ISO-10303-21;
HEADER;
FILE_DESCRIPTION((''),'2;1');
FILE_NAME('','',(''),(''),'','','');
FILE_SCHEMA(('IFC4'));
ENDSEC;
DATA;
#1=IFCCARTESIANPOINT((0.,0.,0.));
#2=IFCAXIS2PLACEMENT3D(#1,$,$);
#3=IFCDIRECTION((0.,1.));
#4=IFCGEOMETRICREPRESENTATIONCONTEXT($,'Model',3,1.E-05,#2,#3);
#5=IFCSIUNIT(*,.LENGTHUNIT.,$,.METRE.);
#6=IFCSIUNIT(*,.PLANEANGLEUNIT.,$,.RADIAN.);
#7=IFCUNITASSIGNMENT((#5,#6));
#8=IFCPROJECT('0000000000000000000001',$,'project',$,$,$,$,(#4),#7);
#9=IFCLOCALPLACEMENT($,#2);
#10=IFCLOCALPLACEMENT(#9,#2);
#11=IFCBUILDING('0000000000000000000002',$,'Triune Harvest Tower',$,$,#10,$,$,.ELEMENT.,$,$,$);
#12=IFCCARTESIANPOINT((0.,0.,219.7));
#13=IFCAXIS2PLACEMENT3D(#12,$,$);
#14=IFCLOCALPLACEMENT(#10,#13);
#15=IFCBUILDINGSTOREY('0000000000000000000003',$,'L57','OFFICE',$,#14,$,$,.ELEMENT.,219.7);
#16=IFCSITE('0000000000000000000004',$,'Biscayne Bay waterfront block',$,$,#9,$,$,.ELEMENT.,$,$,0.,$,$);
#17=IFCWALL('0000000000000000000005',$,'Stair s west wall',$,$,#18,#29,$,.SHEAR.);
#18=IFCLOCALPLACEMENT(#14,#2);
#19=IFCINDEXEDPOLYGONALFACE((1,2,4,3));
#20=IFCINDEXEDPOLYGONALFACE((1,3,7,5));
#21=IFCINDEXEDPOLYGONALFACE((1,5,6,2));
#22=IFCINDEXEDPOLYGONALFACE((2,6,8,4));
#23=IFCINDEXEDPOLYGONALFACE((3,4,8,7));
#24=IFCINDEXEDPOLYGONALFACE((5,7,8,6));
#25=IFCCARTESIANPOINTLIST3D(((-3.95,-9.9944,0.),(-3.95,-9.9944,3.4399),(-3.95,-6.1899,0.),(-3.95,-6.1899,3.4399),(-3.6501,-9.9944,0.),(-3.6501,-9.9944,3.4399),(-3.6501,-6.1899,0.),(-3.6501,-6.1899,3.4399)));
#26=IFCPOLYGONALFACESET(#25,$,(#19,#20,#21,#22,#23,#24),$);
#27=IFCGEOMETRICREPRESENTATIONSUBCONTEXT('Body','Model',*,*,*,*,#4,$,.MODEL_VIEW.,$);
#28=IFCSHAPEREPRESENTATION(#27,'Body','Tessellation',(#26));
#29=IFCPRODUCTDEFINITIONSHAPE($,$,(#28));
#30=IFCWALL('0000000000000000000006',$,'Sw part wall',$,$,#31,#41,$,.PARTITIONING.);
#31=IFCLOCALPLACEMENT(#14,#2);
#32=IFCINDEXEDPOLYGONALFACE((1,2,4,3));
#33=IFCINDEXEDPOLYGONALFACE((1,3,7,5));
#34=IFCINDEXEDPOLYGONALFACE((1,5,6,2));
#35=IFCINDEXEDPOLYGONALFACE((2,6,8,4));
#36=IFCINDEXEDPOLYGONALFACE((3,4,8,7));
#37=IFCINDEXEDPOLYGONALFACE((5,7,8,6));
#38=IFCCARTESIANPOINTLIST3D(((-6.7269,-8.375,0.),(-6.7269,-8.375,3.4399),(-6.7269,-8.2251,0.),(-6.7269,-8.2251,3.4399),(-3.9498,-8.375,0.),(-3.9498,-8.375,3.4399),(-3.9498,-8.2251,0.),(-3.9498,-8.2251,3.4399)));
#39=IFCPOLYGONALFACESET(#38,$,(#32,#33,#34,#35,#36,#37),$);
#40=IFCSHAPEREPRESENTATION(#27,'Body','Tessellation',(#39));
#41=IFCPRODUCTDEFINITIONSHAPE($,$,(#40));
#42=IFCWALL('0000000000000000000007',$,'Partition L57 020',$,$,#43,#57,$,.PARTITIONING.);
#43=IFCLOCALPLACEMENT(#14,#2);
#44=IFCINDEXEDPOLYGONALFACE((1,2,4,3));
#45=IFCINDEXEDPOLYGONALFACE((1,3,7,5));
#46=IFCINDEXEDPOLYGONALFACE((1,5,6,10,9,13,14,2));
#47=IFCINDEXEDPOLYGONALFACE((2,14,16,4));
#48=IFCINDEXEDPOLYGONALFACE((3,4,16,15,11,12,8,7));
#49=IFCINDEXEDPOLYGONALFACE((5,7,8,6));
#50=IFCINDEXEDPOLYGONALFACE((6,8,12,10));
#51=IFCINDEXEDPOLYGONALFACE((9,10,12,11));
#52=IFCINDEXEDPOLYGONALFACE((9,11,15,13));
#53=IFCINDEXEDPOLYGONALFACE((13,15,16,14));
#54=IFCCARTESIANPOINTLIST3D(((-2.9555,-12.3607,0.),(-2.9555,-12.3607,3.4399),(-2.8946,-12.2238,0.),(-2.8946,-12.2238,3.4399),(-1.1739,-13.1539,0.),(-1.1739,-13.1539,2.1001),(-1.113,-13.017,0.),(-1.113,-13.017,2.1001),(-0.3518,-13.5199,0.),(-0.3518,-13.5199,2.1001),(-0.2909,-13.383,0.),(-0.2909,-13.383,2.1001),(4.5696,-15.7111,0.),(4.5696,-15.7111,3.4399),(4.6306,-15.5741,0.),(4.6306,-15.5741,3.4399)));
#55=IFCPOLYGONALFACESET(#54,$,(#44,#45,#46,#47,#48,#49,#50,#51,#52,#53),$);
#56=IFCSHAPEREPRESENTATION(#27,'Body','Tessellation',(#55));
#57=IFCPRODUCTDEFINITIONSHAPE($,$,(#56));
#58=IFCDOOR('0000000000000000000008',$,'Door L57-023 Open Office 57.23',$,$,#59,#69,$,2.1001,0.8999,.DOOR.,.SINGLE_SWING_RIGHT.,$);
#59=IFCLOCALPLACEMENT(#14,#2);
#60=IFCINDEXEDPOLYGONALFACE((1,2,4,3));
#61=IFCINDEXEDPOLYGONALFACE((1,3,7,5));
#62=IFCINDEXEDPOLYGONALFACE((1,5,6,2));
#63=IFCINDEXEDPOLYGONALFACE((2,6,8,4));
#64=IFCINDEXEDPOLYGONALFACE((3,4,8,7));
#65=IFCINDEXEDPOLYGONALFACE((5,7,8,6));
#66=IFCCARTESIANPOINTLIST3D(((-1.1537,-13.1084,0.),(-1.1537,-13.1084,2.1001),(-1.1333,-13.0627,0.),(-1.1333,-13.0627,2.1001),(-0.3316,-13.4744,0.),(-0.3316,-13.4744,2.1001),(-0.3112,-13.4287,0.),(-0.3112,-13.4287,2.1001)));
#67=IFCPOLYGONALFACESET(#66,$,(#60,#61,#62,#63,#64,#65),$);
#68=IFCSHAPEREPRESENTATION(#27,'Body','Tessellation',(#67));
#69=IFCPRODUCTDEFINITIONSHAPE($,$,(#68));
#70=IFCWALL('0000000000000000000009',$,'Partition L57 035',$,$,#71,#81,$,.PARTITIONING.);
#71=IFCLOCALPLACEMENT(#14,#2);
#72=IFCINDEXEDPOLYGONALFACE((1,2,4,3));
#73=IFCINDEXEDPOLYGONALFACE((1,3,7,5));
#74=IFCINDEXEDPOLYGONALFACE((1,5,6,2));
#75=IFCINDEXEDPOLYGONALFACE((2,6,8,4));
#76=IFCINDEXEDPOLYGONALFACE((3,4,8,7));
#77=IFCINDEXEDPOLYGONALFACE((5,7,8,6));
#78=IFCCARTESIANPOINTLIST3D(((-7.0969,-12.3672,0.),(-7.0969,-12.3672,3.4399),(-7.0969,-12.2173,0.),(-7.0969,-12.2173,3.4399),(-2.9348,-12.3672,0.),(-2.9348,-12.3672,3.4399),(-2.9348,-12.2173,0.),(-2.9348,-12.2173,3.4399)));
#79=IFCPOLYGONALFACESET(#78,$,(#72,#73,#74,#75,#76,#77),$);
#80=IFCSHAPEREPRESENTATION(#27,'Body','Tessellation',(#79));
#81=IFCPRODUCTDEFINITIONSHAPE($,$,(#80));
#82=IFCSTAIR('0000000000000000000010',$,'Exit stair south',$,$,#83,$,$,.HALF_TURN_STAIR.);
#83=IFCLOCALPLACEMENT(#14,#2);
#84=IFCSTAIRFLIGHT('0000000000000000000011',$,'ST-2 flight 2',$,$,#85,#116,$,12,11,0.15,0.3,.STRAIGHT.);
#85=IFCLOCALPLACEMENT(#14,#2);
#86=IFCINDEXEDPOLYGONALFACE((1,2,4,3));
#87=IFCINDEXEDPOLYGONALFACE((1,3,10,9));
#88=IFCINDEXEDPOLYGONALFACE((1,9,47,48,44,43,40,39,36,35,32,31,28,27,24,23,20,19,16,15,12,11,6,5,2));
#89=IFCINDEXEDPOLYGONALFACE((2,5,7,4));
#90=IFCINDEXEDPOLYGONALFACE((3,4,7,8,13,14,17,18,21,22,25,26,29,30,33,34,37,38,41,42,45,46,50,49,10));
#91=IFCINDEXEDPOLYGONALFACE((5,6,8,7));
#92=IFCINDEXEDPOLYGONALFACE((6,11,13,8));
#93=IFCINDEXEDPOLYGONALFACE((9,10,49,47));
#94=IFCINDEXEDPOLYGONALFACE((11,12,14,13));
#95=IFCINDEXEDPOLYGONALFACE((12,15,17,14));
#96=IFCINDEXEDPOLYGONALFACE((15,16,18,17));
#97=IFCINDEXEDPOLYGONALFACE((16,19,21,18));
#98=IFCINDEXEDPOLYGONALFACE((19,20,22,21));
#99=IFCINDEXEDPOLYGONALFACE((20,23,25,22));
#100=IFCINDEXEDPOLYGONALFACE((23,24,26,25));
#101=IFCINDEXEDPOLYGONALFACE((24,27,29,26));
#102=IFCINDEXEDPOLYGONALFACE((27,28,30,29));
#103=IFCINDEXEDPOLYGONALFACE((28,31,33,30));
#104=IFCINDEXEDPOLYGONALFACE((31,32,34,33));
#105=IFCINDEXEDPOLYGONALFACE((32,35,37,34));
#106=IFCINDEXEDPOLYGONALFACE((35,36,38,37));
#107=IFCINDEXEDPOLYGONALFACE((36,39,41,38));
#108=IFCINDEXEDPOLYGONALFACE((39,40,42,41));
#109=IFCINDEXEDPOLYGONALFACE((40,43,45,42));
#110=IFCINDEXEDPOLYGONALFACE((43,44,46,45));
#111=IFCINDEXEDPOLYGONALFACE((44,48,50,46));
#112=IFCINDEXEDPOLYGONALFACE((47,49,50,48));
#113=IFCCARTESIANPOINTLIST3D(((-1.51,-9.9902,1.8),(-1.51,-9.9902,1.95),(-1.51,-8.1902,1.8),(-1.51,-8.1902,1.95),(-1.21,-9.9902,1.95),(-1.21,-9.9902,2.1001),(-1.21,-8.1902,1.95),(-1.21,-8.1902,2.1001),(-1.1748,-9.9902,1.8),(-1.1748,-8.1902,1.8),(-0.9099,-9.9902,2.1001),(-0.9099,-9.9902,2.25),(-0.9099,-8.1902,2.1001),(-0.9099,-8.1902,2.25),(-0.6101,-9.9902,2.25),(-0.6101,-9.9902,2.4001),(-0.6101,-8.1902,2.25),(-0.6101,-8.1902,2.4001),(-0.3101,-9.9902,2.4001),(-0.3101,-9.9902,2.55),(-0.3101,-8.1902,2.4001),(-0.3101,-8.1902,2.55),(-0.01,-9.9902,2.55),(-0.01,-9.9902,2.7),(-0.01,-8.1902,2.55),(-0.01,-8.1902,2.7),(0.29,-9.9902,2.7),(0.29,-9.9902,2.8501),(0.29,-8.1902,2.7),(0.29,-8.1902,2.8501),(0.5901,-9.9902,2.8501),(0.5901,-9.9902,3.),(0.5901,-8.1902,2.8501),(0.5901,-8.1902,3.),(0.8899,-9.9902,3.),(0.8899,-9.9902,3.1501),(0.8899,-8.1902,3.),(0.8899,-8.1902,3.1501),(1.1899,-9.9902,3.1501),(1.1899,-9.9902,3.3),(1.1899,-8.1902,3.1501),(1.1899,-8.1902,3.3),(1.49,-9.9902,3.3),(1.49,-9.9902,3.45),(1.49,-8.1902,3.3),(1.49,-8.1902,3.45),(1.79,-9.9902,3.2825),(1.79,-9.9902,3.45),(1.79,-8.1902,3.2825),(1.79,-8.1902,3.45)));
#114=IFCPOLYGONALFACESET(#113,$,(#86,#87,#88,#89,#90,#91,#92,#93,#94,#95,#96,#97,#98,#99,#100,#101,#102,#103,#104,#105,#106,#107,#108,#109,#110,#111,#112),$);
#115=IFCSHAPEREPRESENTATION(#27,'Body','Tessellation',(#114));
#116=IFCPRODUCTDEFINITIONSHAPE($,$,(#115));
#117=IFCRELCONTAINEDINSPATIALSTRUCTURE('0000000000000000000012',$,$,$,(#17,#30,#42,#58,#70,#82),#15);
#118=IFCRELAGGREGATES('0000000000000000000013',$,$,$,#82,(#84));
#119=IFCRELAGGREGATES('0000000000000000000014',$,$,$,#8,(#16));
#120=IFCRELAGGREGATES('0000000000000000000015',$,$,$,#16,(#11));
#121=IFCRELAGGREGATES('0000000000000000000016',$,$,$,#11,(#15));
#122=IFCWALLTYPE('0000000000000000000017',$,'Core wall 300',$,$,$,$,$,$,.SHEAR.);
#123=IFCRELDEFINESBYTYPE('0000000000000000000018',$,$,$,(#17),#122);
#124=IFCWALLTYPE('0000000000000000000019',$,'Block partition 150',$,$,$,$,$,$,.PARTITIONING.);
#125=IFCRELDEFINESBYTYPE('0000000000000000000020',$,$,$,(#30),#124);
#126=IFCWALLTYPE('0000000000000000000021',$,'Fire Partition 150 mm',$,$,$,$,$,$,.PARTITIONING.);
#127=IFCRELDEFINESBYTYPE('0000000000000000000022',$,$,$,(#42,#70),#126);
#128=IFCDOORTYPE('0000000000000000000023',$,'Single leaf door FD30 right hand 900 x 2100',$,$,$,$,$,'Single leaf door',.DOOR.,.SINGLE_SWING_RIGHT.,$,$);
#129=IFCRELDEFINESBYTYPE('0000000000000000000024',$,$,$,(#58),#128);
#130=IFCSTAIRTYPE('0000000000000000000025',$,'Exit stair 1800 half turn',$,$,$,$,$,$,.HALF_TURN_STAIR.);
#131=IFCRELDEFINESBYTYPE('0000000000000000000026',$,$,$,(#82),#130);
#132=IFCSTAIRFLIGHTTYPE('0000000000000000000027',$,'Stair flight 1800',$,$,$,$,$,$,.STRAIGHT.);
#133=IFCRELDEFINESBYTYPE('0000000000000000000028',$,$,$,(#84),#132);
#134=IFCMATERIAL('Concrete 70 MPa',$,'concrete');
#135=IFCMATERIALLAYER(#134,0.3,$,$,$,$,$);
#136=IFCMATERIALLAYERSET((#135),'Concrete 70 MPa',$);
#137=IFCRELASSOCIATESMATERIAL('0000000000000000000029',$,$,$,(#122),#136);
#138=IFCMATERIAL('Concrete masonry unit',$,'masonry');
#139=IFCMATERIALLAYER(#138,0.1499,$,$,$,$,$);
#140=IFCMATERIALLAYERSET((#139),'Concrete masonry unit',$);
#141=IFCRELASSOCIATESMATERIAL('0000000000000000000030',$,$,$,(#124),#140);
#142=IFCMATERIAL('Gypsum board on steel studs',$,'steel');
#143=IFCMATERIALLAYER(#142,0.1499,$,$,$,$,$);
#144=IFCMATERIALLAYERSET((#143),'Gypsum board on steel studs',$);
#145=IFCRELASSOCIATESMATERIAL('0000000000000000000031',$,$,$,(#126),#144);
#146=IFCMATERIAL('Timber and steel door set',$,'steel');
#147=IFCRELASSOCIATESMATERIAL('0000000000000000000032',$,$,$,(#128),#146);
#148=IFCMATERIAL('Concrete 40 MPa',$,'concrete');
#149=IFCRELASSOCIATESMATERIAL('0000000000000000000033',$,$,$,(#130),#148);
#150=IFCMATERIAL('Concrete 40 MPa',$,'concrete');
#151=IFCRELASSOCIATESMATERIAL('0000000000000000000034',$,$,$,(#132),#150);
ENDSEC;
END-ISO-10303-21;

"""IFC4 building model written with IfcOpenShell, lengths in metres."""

from ifc_helpers import new_model, si_unit, direction, frame, frame_2d, origin, place, context, subcontext, project, spatial, polyline, rectangle, outline, extrude, source, transform, mapped, material, layer, layer_set, type_object, element, fill, aggregate, save


model = new_model("IFC4")

# Units and contexts
model_context = context("Model", 3, precision=1e-05, world=origin(), true_north=direction((0.0, 1.0)))
body_context = subcontext(model_context, "Body", "Model", "MODEL_VIEW")
ifc_project = project(units=[si_unit("LENGTHUNIT", "METRE"), si_unit("PLANEANGLEUNIT", "RADIAN")], contexts=[model_context])

# Site, building, storey
site_placement = place(None, origin())
site = spatial("IfcSite", under=ifc_project, at=site_placement, Name="Biscayne Bay waterfront block", CompositionType="ELEMENT", RefElevation=0.0)
building_placement = place(site_placement, origin())
building = spatial("IfcBuilding", under=site, at=building_placement, Name="Triune Harvest Tower", CompositionType="ELEMENT")
storey_placement = place(building_placement, frame((0.0, 0.0, 219.7)))
storey = spatial("IfcBuildingStorey", under=building, at=storey_placement, Name="L57", Description="OFFICE", CompositionType="ELEMENT", Elevation=219.7)

# Shared definitions
ifc_material_1 = material(Name="Concrete 70 MPa", Category="concrete")
ifc_layer_1 = layer(ifc_material_1, 0.3)
ifc_layer_set_1 = layer_set([ifc_layer_1], Name="Concrete 70 MPa")
wall_type_1 = type_object("IfcWallType", Name="Core wall 300", PredefinedType="SHEAR", material=ifc_layer_set_1)

# Walls
shared_shape_1 = source(origin(), body_context, "Body", "SweptSolid", [
    extrude(outline(polyline([(3.8, -0.1499), (-0.0044, -0.1499), (-0.0044, 0.1499), (3.8, 0.1499), (3.8, -0.1499)])), origin(), (0.0, 0.0, 1.0), 3.4399),
])
wall_1_placement = place(storey_placement, frame((-3.8, -9.99, 0.0), z_axis=(0.0, 0.0, 1.0), x_axis=(0.0, 1.0, 0.0)))
element("IfcWall", 1, at=wall_1_placement, inside=storey, type_object=wall_type_1, Name="Stair s west wall", PredefinedType="SHEAR", context=body_context, shape_type="MappedRepresentation", body=[
    mapped(shared_shape_1, transform((0.0, 0.0, 0.0), scale=1.0)),
])
ifc_material_2 = material(Name="Concrete masonry unit", Category="masonry")
ifc_layer_2 = layer(ifc_material_2, 0.1499)
ifc_layer_set_2 = layer_set([ifc_layer_2], Name="Concrete masonry unit")
wall_type_2 = type_object("IfcWallType", Name="Block partition 150", PredefinedType="PARTITIONING", material=ifc_layer_set_2)
shared_shape_2 = source(origin(), body_context, "Body", "SweptSolid", [
    extrude(rectangle(XDim=2.7771, YDim=0.1499, at=frame_2d((1.3887, 0.0))), origin(), (0.0, 0.0, 1.0), 3.4399),
])
wall_2_placement = place(storey_placement, frame((-6.7271, -8.3, 0.0), z_axis=(0.0, 0.0, 1.0), x_axis=(1.0, 0.0, 0.0)))
element("IfcWall", 2, at=wall_2_placement, inside=storey, type_object=wall_type_2, Name="Sw part wall", PredefinedType="PARTITIONING", context=body_context, shape_type="MappedRepresentation", body=[
    mapped(shared_shape_2, transform((0.0, 0.0, 0.0), scale=1.0)),
])

# Wall, opening, door
ifc_material_3 = material(Name="Gypsum board on steel studs", Category="steel")
ifc_layer_3 = layer(ifc_material_3, 0.1499)
ifc_layer_set_3 = layer_set([ifc_layer_3], Name="Gypsum board on steel studs")
wall_type_3 = type_object("IfcWallType", Name="Fire Partition 150 mm", PredefinedType="PARTITIONING", material=ifc_layer_set_3)
shared_shape_3 = source(origin(), body_context, "Body", "SweptSolid", [
    extrude(rectangle(XDim=8.2373, YDim=0.1499, at=frame_2d((4.1187, 0.0))), origin(), (0.0, 0.0, 1.0), 3.4399),
])
wall_3_placement = place(storey_placement, frame((-2.925, -12.2922, 0.0), z_axis=(0.0, 0.0, 1.0), x_axis=(0.913549, -0.40673, 0.0)))
wall_3 = element("IfcWall", 3, at=wall_3_placement, inside=storey, type_object=wall_type_3, Name="Partition L57 020", PredefinedType="PARTITIONING", context=body_context, shape_type="MappedRepresentation", body=[
    mapped(shared_shape_3, transform((0.0, 0.0, 0.0), scale=1.0)),
])
opening_1_placement = place(wall_3_placement, frame((1.9502, 0.0, 0.0)))
opening_1 = element("IfcOpeningElement", 4, at=opening_1_placement, cuts=wall_3, PredefinedType="OPENING", context=body_context, shape_type="SweptSolid", body=[
    extrude(rectangle(XDim=0.8999, YDim=2.1001, at=frame_2d((0.45, 1.05))), frame((0.0, 0.085, 0.0), z_axis=(0.0, -1.0, 0.0), x_axis=(1.0, 0.0, 0.0)), (0.0, 0.0, 1.0), 0.1699),
])
ifc_material_4 = material(Name="Timber and steel door set", Category="steel")
door_type_1 = type_object("IfcDoorType", Name="Single leaf door FD30 right hand 900 x 2100", ElementType="Single leaf door", OperationType="SINGLE_SWING_RIGHT", PredefinedType="DOOR", material=ifc_material_4)
door_1_placement = place(opening_1_placement, origin())
door_1 = element("IfcDoor", 5, at=door_1_placement, inside=storey, type_object=door_type_1, Name="Door L57-023 Open Office 57.23", OperationType="SINGLE_SWING_RIGHT", OverallHeight=2.1001, OverallWidth=0.8999, PredefinedType="DOOR", context=body_context, shape_type="SweptSolid", body=[
    extrude(rectangle(XDim=0.8999, YDim=2.1001, at=frame_2d((0.45, 1.05))), frame((0.0, 0.0249, 0.0), z_axis=(0.0, -1.0, 0.0), x_axis=(1.0, 0.0, 0.0)), (0.0, 0.0, 1.0), 0.05),
])
fill(opening_1, door_1)

# Wall
shared_shape_4 = source(origin(), body_context, "Body", "SweptSolid", [
    extrude(rectangle(XDim=4.1621, YDim=0.1499, at=frame_2d((2.0811, 0.0))), origin(), (0.0, 0.0, 1.0), 3.4399),
])
wall_4_placement = place(storey_placement, frame((-7.0969, -12.2922, 0.0), z_axis=(0.0, 0.0, 1.0), x_axis=(1.0, 0.0, 0.0)))
element("IfcWall", 6, at=wall_4_placement, inside=storey, type_object=wall_type_3, Name="Partition L57 035", PredefinedType="PARTITIONING", context=body_context, shape_type="MappedRepresentation", body=[
    mapped(shared_shape_4, transform((0.0, 0.0, 0.0), scale=1.0)),
])

# Stair, stair flight
ifc_material_5 = material(Name="Concrete 40 MPa", Category="concrete")
stair_type = type_object("IfcStairType", Name="Exit stair 1800 half turn", PredefinedType="HALF_TURN_STAIR", material=ifc_material_5)
stair_placement = place(storey_placement, origin())
stair = element("IfcStair", 7, at=stair_placement, inside=storey, type_object=stair_type, Name="Exit stair south", PredefinedType="HALF_TURN_STAIR")
ifc_material_6 = material(Name="Concrete 40 MPa", Category="concrete")
stair_flight_type = type_object("IfcStairFlightType", Name="Stair flight 1800", PredefinedType="STRAIGHT", material=ifc_material_6)
shared_shape_5 = source(origin(), body_context, "Body", "SweptSolid", [
    extrude(outline(polyline([(0.0, 0.0), (0.0, 0.1499), (0.3, 0.1499), (0.3, 0.3), (0.6001, 0.3), (0.6001, 0.45), (0.8999, 0.45), (0.8999, 0.6001), (1.2, 0.6001), (1.2, 0.75), (1.5, 0.75), (1.5, 0.8999), (1.8, 0.8999), (1.8, 1.05), (2.1001, 1.05), (2.1001, 1.2), (2.3999, 1.2), (2.3999, 1.3501), (2.7, 1.3501), (2.7, 1.5), (3.0, 1.5), (3.0, 1.6499), (3.3, 1.6499), (3.3, 1.8), (3.3, 1.4824), (0.3352, 0.0), (0.0, 0.0)])), frame((0.0, 0.8999, 0.0), z_axis=(0.0, -1.0, 0.0), x_axis=(1.0, 0.0, 0.0)), (0.0, 0.0, 1.0), 1.8),
])
stair_flight_placement = place(storey_placement, frame((-1.51, -9.0901, 1.8), z_axis=(0.0, 0.0, 1.0), x_axis=(1.0, 0.0, 0.0)))
stair_flight = element("IfcStairFlight", 8, at=stair_flight_placement, type_object=stair_flight_type, Name="ST-2 flight 2", NumberOfRisers=12, NumberOfTreads=11, PredefinedType="STRAIGHT", RiserHeight=0.15, TreadLength=0.3, context=body_context, shape_type="MappedRepresentation", body=[
    mapped(shared_shape_5, transform((0.0, 0.0, 0.0), scale=1.0)),
])
aggregate(stair, [stair_flight])

save(model, "model.ifc")
